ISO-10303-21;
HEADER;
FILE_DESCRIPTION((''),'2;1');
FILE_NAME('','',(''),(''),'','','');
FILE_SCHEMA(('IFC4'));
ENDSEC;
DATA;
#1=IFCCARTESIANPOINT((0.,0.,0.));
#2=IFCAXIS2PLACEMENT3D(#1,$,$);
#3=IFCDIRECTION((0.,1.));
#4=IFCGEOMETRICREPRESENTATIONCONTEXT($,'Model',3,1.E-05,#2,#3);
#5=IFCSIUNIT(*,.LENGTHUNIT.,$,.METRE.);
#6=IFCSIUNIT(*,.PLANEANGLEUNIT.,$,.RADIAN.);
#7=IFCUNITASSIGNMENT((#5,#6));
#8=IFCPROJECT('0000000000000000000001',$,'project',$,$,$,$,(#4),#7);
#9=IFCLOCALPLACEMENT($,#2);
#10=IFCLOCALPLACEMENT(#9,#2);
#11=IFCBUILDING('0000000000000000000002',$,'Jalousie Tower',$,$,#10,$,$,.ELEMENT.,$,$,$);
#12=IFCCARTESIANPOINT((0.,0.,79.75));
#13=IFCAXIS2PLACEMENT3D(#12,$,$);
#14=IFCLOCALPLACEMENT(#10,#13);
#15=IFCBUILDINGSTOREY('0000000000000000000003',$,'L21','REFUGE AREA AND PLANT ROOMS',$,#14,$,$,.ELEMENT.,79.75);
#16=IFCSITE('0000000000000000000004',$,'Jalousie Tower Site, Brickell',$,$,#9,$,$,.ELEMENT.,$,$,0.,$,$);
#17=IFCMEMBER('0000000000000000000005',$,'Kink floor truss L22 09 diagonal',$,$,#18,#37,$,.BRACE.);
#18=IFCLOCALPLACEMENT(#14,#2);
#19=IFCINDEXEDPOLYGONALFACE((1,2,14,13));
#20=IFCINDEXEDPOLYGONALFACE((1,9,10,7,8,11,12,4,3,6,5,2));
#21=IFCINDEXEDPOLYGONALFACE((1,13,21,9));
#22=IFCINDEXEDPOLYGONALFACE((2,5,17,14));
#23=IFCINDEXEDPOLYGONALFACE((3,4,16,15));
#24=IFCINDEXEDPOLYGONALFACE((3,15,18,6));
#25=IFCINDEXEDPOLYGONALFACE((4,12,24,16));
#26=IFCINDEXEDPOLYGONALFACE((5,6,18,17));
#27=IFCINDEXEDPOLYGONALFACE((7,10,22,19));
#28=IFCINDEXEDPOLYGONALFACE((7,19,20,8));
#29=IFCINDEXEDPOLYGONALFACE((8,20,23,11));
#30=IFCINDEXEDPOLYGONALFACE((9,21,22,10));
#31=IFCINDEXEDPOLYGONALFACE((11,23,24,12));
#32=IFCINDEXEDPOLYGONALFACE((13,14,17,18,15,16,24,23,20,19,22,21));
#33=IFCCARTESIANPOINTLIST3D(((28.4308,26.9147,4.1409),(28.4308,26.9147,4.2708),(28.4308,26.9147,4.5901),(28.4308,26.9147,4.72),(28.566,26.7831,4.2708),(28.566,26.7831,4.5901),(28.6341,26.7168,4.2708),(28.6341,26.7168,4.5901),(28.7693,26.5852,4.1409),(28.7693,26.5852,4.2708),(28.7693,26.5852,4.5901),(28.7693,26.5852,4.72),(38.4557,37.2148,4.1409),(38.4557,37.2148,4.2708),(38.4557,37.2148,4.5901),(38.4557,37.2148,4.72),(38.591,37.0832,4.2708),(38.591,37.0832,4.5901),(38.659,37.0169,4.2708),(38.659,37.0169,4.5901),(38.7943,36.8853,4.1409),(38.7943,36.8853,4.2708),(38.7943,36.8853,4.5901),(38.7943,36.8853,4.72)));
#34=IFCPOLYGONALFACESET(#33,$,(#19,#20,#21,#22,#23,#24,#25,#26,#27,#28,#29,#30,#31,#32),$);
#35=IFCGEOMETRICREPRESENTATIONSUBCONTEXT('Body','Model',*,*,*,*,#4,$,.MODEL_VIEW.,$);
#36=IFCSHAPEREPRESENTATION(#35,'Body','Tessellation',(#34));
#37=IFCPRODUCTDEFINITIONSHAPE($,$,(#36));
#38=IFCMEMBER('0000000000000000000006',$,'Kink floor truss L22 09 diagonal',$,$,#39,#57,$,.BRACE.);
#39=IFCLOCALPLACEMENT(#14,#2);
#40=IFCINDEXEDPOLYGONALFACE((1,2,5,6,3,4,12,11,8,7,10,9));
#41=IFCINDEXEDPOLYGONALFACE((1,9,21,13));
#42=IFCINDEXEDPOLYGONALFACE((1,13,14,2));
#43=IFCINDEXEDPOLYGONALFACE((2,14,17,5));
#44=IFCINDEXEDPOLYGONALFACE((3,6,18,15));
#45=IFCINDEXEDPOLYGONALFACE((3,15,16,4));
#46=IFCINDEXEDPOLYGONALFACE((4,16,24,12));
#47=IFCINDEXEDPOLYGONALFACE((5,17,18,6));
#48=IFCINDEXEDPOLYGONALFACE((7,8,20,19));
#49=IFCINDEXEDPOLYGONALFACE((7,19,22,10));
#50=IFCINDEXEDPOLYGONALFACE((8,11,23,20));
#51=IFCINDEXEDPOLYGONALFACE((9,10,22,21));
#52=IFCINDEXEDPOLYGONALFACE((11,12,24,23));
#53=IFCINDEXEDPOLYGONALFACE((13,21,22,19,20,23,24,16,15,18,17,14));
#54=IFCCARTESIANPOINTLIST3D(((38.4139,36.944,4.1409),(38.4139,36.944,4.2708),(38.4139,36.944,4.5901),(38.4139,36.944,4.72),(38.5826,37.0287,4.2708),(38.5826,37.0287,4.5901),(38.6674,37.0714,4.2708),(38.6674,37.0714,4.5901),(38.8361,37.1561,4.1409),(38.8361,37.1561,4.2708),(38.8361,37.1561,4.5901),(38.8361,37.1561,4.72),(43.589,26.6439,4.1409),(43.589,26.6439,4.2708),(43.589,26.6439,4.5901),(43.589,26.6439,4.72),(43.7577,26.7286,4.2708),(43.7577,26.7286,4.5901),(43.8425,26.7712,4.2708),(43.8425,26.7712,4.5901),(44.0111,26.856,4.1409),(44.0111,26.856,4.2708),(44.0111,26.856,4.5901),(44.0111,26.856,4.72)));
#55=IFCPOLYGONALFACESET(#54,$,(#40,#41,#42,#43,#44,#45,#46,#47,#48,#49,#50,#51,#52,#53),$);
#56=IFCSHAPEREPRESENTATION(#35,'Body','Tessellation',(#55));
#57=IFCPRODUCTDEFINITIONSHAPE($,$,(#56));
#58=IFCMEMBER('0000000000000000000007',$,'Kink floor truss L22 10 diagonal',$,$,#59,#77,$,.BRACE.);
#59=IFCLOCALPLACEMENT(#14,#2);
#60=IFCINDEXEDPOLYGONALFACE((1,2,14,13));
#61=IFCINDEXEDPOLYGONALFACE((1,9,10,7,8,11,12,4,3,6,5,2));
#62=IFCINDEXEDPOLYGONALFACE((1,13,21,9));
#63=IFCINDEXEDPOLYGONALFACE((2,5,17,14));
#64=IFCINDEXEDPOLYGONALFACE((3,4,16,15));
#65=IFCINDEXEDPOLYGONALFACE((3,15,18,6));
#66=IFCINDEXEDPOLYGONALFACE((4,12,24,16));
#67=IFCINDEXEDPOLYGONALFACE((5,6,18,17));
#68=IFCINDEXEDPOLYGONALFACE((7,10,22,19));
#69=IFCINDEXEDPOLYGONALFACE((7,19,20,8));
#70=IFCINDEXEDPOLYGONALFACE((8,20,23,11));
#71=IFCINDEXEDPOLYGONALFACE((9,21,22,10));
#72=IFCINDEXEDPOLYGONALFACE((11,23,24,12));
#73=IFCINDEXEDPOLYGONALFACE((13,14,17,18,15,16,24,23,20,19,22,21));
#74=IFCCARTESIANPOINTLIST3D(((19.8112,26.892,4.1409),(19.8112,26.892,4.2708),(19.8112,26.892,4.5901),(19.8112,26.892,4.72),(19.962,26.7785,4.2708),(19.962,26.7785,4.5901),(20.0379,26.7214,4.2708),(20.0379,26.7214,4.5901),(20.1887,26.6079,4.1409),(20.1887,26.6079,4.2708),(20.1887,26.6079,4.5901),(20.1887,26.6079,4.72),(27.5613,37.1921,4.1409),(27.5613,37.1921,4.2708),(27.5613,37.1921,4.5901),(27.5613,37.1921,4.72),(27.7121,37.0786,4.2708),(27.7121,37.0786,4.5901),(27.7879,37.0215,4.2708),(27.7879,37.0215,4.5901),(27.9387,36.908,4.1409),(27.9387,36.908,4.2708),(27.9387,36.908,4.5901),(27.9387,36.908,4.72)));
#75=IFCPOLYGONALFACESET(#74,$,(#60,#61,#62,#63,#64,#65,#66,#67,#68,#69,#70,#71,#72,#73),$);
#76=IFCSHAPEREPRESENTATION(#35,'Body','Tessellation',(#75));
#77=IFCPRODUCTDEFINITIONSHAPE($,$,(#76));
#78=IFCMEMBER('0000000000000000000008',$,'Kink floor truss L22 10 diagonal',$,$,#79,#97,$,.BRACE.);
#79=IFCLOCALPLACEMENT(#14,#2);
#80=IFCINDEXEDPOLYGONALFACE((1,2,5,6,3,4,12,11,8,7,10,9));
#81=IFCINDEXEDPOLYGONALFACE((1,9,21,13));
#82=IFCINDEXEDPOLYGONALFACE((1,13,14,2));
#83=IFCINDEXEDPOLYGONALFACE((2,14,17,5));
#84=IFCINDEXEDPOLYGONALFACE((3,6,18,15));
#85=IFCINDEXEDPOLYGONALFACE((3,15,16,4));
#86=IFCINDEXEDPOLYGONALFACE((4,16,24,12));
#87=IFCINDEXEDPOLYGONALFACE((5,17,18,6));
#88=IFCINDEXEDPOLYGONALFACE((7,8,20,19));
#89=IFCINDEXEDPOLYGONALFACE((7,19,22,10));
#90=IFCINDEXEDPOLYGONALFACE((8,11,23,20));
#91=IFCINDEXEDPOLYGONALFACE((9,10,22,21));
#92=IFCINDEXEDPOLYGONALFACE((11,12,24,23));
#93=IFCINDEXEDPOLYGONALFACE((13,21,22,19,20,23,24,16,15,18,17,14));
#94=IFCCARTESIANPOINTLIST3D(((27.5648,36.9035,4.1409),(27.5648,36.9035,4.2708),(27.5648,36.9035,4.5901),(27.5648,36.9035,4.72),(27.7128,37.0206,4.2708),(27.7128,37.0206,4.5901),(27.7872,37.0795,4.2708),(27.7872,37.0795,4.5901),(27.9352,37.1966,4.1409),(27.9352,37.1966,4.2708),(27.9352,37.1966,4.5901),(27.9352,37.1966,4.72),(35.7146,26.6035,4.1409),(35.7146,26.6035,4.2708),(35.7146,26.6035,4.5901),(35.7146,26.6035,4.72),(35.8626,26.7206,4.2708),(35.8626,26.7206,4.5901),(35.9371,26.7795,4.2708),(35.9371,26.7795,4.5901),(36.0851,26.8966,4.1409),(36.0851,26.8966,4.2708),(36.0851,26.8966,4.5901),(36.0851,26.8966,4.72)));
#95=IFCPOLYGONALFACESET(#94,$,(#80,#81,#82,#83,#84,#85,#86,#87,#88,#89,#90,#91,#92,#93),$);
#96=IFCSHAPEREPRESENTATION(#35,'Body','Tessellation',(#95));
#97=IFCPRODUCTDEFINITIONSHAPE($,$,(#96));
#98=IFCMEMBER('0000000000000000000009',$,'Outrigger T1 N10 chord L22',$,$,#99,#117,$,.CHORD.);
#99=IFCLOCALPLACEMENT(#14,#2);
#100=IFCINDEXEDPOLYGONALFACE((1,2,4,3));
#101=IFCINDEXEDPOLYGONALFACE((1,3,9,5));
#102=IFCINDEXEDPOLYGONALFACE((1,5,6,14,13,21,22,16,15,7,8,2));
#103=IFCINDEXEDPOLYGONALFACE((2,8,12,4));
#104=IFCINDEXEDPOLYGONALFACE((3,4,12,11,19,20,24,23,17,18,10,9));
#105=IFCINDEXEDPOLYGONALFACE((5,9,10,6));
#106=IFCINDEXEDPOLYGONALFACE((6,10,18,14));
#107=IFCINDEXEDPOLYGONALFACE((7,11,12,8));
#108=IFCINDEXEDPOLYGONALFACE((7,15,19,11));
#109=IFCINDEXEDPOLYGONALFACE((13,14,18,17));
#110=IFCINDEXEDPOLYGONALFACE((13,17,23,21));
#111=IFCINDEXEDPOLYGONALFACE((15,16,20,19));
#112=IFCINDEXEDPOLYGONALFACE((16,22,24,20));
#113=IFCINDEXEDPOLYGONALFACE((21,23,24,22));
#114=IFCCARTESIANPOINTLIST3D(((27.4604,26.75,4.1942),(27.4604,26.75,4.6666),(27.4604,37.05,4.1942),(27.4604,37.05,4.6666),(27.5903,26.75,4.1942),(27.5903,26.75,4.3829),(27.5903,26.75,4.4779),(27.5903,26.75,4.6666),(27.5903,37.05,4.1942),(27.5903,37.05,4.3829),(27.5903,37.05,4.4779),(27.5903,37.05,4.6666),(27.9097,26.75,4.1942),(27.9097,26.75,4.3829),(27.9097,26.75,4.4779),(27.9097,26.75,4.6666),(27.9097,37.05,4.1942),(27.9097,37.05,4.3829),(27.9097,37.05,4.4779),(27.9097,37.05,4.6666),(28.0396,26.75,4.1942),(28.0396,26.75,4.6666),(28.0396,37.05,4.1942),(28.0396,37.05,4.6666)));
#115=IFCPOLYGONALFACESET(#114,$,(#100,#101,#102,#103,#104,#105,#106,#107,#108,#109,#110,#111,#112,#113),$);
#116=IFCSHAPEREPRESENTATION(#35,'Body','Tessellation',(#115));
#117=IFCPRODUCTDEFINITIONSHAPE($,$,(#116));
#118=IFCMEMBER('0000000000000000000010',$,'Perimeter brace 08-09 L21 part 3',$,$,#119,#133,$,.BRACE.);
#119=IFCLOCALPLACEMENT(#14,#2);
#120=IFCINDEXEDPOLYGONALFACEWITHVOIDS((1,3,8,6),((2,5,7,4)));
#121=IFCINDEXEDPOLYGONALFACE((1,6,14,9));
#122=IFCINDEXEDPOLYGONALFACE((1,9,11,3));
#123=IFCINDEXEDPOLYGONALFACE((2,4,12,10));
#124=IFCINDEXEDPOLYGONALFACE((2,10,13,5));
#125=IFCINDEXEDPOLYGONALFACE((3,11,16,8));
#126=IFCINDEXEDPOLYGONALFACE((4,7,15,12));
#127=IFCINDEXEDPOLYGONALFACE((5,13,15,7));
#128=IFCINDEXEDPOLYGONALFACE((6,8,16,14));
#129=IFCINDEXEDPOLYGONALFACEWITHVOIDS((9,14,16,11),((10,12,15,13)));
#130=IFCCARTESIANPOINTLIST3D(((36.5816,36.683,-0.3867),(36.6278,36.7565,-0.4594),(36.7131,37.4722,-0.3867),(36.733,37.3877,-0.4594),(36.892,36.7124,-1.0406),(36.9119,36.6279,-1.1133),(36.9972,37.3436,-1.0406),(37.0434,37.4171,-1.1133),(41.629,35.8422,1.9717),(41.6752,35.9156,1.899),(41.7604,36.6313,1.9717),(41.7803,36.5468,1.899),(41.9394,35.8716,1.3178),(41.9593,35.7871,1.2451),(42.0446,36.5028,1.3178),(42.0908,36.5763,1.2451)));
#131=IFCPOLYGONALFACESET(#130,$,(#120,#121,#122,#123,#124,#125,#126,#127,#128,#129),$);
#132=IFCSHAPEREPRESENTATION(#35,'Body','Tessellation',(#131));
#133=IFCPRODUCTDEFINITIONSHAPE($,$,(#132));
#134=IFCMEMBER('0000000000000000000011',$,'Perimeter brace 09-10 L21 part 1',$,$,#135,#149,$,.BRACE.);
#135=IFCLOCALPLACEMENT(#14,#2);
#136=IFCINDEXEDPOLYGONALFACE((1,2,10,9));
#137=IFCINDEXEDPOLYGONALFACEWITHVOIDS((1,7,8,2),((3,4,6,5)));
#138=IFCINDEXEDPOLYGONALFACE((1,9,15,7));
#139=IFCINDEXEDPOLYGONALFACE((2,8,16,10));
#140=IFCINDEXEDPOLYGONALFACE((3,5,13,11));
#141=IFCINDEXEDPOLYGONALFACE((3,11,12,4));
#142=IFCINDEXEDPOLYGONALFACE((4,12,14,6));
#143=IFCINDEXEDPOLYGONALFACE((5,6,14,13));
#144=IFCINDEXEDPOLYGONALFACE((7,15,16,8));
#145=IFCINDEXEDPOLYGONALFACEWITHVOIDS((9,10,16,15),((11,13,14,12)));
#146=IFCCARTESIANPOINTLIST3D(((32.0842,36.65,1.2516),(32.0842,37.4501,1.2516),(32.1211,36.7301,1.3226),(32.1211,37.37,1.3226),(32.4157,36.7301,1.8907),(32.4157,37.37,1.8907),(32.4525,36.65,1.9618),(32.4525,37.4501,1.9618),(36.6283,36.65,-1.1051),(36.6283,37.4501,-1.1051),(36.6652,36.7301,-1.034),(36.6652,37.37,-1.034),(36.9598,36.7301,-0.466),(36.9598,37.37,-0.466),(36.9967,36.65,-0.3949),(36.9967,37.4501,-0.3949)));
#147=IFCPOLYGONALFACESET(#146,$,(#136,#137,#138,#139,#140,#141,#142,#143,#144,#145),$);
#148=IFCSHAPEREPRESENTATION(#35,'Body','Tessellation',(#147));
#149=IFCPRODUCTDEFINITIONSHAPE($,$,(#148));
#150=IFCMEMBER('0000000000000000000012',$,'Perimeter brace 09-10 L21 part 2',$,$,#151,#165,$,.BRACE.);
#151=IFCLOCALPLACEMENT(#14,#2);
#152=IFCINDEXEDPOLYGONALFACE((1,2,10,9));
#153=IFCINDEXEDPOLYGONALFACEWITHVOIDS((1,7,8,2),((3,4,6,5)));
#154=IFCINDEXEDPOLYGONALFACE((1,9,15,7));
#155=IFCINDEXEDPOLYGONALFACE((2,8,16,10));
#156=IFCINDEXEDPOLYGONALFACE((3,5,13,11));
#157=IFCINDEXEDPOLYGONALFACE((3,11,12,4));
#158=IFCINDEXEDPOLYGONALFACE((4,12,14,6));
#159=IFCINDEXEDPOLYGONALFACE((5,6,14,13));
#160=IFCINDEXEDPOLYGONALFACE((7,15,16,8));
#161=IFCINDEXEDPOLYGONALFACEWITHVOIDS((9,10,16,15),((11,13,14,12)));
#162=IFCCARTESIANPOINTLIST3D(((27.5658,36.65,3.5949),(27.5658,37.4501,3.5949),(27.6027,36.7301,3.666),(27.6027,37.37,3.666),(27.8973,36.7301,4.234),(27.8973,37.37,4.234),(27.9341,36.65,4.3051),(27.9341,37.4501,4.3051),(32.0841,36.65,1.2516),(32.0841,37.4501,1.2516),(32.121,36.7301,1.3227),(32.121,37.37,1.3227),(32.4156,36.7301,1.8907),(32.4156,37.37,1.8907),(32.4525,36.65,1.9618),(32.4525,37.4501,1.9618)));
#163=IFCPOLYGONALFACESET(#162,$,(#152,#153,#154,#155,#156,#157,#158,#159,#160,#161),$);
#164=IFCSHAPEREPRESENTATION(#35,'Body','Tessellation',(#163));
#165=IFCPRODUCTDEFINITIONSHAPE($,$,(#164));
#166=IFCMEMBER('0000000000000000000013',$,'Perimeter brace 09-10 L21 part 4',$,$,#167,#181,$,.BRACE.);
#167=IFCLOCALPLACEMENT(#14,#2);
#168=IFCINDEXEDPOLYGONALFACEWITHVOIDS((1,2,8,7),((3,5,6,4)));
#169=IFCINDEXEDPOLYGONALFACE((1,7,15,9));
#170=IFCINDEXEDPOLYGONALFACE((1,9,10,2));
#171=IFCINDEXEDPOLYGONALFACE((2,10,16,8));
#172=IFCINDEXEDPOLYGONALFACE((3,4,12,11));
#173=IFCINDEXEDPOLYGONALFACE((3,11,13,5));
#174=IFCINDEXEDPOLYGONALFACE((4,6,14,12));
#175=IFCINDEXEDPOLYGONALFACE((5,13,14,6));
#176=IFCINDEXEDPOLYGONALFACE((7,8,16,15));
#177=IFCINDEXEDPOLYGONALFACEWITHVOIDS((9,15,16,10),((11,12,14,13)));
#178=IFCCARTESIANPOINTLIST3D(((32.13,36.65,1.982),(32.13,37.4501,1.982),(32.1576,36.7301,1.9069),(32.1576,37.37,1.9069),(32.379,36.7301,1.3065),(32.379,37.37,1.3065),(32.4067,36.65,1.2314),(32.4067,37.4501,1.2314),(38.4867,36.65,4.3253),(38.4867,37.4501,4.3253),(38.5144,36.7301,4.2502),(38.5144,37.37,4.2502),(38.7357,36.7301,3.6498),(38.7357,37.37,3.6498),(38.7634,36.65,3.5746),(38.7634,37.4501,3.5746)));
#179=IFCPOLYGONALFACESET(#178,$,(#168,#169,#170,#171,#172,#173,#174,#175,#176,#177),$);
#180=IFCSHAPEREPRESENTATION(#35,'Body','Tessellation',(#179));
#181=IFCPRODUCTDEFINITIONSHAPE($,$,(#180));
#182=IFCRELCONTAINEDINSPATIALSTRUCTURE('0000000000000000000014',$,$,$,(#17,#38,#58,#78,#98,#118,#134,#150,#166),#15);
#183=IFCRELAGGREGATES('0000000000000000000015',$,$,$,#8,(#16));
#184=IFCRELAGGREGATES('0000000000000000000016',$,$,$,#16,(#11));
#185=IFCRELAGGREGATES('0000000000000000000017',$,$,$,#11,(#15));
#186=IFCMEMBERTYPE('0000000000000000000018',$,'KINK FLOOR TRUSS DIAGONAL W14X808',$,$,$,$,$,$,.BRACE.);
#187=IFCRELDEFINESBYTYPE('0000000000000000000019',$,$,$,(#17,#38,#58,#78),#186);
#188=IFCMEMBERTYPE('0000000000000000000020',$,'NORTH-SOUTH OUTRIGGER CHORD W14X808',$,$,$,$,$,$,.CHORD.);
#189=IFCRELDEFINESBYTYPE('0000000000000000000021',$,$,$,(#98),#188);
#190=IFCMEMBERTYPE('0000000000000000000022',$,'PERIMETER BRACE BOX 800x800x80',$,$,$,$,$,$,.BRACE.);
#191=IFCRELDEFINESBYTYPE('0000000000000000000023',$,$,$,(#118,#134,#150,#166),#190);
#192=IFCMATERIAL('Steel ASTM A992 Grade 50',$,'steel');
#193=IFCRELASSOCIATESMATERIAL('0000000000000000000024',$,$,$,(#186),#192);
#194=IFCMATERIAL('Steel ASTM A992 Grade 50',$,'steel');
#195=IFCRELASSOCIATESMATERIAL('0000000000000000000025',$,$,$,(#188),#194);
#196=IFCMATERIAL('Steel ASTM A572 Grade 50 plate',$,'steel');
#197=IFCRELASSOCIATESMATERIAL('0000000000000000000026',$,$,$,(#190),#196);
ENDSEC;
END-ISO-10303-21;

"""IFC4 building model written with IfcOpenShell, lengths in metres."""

from ifc_helpers import new_model, si_unit, direction, frame, origin, origin_2d, place, context, subcontext, project, spatial, hollow_rectangle, i_section, extrude, material, material_profile, profile_set, type_object, element, save


model = new_model("IFC4")

# Units and contexts
model_context = context("Model", 3, precision=1e-05, world=origin(), true_north=direction((0.0, 1.0)))
body_context = subcontext(model_context, "Body", "Model", "MODEL_VIEW")
ifc_project = project(units=[si_unit("LENGTHUNIT", "METRE"), si_unit("PLANEANGLEUNIT", "RADIAN")], contexts=[model_context])

# Site, building, storey
site_placement = place(None, origin())
site = spatial("IfcSite", under=ifc_project, at=site_placement, Name="Jalousie Tower Site, Brickell", CompositionType="ELEMENT", RefElevation=0.0)
building_placement = place(site_placement, origin())
building = spatial("IfcBuilding", under=site, at=building_placement, Name="Jalousie Tower", CompositionType="ELEMENT")
storey_placement = place(building_placement, frame((0.0, 0.0, 79.75)))
storey = spatial("IfcBuildingStorey", under=building, at=storey_placement, Name="L21", Description="REFUGE AREA AND PLANT ROOMS", CompositionType="ELEMENT", Elevation=79.75)

# Members
ifc_material_1 = material(Name="Steel ASTM A992 Grade 50", Category="steel")
ifc_material_profile_1 = material_profile(ifc_material_1, i_section(OverallWidth=0.4724, OverallDepth=0.5791, WebThickness=0.095, FlangeThickness=0.1299, at=origin_2d()), Name="W14X808")
ifc_profile_set_1 = profile_set([ifc_material_profile_1], Name="Steel ASTM A992 Grade 50")
member_type_1 = type_object("IfcMemberType", Name="KINK FLOOR TRUSS DIAGONAL W14X808", PredefinedType="BRACE", material=ifc_profile_set_1)
member_1_placement = place(storey_placement, frame((38.625, 37.05, 4.4304), z_axis=(-0.697471, -0.716613, 0.0), x_axis=(0.716613, -0.697471, 0.0)))
element("IfcMember", 1, at=member_1_placement, inside=storey, type_object=member_type_1, Name="Kink floor truss L22 09 diagonal", PredefinedType="BRACE", context=body_context, shape_type="SweptSolid", body=[
    extrude(i_section(OverallWidth=0.4724, OverallDepth=0.5791, WebThickness=0.095, FlangeThickness=0.1299, at=origin_2d()), origin(), (0.0, 0.0, 1.0), 14.3733),
])
member_2_placement = place(storey_placement, frame((38.625, 37.05, 4.4304), z_axis=(0.44895, -0.893557, 0.0), x_axis=(0.893557, 0.44895, 0.0)))
element("IfcMember", 2, at=member_2_placement, inside=storey, type_object=member_type_1, Name="Kink floor truss L22 09 diagonal", PredefinedType="BRACE", context=body_context, shape_type="SweptSolid", body=[
    extrude(i_section(OverallWidth=0.4724, OverallDepth=0.5791, WebThickness=0.095, FlangeThickness=0.1299, at=origin_2d()), origin(), (0.0, 0.0, 1.0), 11.5271),
])
member_3_placement = place(storey_placement, frame((27.75, 37.05, 4.4304), z_axis=(-0.601239, -0.799069, 0.0), x_axis=(0.799069, -0.601239, 0.0)))
element("IfcMember", 3, at=member_3_placement, inside=storey, type_object=member_type_1, Name="Kink floor truss L22 10 diagonal", PredefinedType="BRACE", context=body_context, shape_type="SweptSolid", body=[
    extrude(i_section(OverallWidth=0.4724, OverallDepth=0.5791, WebThickness=0.095, FlangeThickness=0.1299, at=origin_2d()), origin(), (0.0, 0.0, 1.0), 12.8901),
])
member_4_placement = place(storey_placement, frame((27.75, 37.05, 4.4304), z_axis=(0.620502, -0.784205, 0.0), x_axis=(0.784205, 0.620502, 0.0)))
element("IfcMember", 4, at=member_4_placement, inside=storey, type_object=member_type_1, Name="Kink floor truss L22 10 diagonal", PredefinedType="BRACE", context=body_context, shape_type="SweptSolid", body=[
    extrude(i_section(OverallWidth=0.4724, OverallDepth=0.5791, WebThickness=0.095, FlangeThickness=0.1299, at=origin_2d()), origin(), (0.0, 0.0, 1.0), 13.1343),
])
ifc_material_2 = material(Name="Steel ASTM A992 Grade 50", Category="steel")
ifc_material_profile_2 = material_profile(ifc_material_2, i_section(OverallWidth=0.4724, OverallDepth=0.5791, WebThickness=0.095, FlangeThickness=0.1299, at=origin_2d()), Name="W14X808")
ifc_profile_set_2 = profile_set([ifc_material_profile_2], Name="Steel ASTM A992 Grade 50")
member_type_2 = type_object("IfcMemberType", Name="NORTH-SOUTH OUTRIGGER CHORD W14X808", PredefinedType="CHORD", material=ifc_profile_set_2)
member_5_placement = place(storey_placement, frame((27.75, 37.05, 4.4304), z_axis=(0.0, -1.0, 0.0), x_axis=(0.0, 0.0, 1.0)))
element("IfcMember", 5, at=member_5_placement, inside=storey, type_object=member_type_2, Name="Outrigger T1 N10 chord L22", PredefinedType="CHORD", context=body_context, shape_type="SweptSolid", body=[
    extrude(i_section(OverallWidth=0.4724, OverallDepth=0.5791, WebThickness=0.095, FlangeThickness=0.1299, at=origin_2d()), origin(), (0.0, 0.0, 1.0), 10.3),
])
ifc_material_3 = material(Name="Steel ASTM A572 Grade 50 plate", Category="steel")
ifc_material_profile_3 = material_profile(ifc_material_3, hollow_rectangle(XDim=0.8, YDim=0.8, WallThickness=0.0801, at=origin_2d()), Name="BOX 800x800x80")
ifc_profile_set_3 = profile_set([ifc_material_profile_3], Name="Steel ASTM A572 Grade 50 plate")
member_type_3 = type_object("IfcMemberType", Name="PERIMETER BRACE BOX 800x800x80", PredefinedType="BRACE", material=ifc_profile_set_3)
member_6_placement = place(storey_placement, frame((36.8125, 37.05, -0.75), z_axis=(0.895834, -0.149233, 0.418582), x_axis=(0.164322, 0.986407, 0.0)))
element("IfcMember", 6, at=member_6_placement, inside=storey, type_object=member_type_3, Name="Perimeter brace 08-09 L21 part 3", PredefinedType="BRACE", context=body_context, shape_type="SweptSolid", body=[
    extrude(hollow_rectangle(XDim=0.8, YDim=0.8, WallThickness=0.0801, at=origin_2d()), origin(), (0.0, 0.0, 1.0), 5.6343),
])
member_7_placement = place(storey_placement, frame((36.8125, 37.05, -0.75), z_axis=(-0.887719, 0.0, 0.460385), x_axis=(0.0, -1.0, 0.0)))
element("IfcMember", 7, at=member_7_placement, inside=storey, type_object=member_type_3, Name="Perimeter brace 09-10 L21 part 1", PredefinedType="BRACE", context=body_context, shape_type="SweptSolid", body=[
    extrude(hollow_rectangle(XDim=0.8, YDim=0.8, WallThickness=0.0801, at=origin_2d()), origin(), (0.0, 0.0, 1.0), 5.1189),
])
member_8_placement = place(storey_placement, frame((32.2683, 37.05, 1.6067), z_axis=(-0.88772, 0.0, 0.460384), x_axis=(0.0, -1.0, 0.0)))
element("IfcMember", 8, at=member_8_placement, inside=storey, type_object=member_type_3, Name="Perimeter brace 09-10 L21 part 2", PredefinedType="BRACE", context=body_context, shape_type="SweptSolid", body=[
    extrude(hollow_rectangle(XDim=0.8, YDim=0.8, WallThickness=0.0801, at=origin_2d()), origin(), (0.0, 0.0, 1.0), 5.0898),
])
member_9_placement = place(storey_placement, frame((32.2683, 37.05, 1.6067), z_axis=(0.93828, 0.0, 0.345877), x_axis=(0.0, 1.0, 0.0)))
element("IfcMember", 9, at=member_9_placement, inside=storey, type_object=member_type_3, Name="Perimeter brace 09-10 L21 part 4", PredefinedType="BRACE", context=body_context, shape_type="SweptSolid", body=[
    extrude(hollow_rectangle(XDim=0.8, YDim=0.8, WallThickness=0.0801, at=origin_2d()), origin(), (0.0, 0.0, 1.0), 6.7749),
])

save(model, "model.ifc")
